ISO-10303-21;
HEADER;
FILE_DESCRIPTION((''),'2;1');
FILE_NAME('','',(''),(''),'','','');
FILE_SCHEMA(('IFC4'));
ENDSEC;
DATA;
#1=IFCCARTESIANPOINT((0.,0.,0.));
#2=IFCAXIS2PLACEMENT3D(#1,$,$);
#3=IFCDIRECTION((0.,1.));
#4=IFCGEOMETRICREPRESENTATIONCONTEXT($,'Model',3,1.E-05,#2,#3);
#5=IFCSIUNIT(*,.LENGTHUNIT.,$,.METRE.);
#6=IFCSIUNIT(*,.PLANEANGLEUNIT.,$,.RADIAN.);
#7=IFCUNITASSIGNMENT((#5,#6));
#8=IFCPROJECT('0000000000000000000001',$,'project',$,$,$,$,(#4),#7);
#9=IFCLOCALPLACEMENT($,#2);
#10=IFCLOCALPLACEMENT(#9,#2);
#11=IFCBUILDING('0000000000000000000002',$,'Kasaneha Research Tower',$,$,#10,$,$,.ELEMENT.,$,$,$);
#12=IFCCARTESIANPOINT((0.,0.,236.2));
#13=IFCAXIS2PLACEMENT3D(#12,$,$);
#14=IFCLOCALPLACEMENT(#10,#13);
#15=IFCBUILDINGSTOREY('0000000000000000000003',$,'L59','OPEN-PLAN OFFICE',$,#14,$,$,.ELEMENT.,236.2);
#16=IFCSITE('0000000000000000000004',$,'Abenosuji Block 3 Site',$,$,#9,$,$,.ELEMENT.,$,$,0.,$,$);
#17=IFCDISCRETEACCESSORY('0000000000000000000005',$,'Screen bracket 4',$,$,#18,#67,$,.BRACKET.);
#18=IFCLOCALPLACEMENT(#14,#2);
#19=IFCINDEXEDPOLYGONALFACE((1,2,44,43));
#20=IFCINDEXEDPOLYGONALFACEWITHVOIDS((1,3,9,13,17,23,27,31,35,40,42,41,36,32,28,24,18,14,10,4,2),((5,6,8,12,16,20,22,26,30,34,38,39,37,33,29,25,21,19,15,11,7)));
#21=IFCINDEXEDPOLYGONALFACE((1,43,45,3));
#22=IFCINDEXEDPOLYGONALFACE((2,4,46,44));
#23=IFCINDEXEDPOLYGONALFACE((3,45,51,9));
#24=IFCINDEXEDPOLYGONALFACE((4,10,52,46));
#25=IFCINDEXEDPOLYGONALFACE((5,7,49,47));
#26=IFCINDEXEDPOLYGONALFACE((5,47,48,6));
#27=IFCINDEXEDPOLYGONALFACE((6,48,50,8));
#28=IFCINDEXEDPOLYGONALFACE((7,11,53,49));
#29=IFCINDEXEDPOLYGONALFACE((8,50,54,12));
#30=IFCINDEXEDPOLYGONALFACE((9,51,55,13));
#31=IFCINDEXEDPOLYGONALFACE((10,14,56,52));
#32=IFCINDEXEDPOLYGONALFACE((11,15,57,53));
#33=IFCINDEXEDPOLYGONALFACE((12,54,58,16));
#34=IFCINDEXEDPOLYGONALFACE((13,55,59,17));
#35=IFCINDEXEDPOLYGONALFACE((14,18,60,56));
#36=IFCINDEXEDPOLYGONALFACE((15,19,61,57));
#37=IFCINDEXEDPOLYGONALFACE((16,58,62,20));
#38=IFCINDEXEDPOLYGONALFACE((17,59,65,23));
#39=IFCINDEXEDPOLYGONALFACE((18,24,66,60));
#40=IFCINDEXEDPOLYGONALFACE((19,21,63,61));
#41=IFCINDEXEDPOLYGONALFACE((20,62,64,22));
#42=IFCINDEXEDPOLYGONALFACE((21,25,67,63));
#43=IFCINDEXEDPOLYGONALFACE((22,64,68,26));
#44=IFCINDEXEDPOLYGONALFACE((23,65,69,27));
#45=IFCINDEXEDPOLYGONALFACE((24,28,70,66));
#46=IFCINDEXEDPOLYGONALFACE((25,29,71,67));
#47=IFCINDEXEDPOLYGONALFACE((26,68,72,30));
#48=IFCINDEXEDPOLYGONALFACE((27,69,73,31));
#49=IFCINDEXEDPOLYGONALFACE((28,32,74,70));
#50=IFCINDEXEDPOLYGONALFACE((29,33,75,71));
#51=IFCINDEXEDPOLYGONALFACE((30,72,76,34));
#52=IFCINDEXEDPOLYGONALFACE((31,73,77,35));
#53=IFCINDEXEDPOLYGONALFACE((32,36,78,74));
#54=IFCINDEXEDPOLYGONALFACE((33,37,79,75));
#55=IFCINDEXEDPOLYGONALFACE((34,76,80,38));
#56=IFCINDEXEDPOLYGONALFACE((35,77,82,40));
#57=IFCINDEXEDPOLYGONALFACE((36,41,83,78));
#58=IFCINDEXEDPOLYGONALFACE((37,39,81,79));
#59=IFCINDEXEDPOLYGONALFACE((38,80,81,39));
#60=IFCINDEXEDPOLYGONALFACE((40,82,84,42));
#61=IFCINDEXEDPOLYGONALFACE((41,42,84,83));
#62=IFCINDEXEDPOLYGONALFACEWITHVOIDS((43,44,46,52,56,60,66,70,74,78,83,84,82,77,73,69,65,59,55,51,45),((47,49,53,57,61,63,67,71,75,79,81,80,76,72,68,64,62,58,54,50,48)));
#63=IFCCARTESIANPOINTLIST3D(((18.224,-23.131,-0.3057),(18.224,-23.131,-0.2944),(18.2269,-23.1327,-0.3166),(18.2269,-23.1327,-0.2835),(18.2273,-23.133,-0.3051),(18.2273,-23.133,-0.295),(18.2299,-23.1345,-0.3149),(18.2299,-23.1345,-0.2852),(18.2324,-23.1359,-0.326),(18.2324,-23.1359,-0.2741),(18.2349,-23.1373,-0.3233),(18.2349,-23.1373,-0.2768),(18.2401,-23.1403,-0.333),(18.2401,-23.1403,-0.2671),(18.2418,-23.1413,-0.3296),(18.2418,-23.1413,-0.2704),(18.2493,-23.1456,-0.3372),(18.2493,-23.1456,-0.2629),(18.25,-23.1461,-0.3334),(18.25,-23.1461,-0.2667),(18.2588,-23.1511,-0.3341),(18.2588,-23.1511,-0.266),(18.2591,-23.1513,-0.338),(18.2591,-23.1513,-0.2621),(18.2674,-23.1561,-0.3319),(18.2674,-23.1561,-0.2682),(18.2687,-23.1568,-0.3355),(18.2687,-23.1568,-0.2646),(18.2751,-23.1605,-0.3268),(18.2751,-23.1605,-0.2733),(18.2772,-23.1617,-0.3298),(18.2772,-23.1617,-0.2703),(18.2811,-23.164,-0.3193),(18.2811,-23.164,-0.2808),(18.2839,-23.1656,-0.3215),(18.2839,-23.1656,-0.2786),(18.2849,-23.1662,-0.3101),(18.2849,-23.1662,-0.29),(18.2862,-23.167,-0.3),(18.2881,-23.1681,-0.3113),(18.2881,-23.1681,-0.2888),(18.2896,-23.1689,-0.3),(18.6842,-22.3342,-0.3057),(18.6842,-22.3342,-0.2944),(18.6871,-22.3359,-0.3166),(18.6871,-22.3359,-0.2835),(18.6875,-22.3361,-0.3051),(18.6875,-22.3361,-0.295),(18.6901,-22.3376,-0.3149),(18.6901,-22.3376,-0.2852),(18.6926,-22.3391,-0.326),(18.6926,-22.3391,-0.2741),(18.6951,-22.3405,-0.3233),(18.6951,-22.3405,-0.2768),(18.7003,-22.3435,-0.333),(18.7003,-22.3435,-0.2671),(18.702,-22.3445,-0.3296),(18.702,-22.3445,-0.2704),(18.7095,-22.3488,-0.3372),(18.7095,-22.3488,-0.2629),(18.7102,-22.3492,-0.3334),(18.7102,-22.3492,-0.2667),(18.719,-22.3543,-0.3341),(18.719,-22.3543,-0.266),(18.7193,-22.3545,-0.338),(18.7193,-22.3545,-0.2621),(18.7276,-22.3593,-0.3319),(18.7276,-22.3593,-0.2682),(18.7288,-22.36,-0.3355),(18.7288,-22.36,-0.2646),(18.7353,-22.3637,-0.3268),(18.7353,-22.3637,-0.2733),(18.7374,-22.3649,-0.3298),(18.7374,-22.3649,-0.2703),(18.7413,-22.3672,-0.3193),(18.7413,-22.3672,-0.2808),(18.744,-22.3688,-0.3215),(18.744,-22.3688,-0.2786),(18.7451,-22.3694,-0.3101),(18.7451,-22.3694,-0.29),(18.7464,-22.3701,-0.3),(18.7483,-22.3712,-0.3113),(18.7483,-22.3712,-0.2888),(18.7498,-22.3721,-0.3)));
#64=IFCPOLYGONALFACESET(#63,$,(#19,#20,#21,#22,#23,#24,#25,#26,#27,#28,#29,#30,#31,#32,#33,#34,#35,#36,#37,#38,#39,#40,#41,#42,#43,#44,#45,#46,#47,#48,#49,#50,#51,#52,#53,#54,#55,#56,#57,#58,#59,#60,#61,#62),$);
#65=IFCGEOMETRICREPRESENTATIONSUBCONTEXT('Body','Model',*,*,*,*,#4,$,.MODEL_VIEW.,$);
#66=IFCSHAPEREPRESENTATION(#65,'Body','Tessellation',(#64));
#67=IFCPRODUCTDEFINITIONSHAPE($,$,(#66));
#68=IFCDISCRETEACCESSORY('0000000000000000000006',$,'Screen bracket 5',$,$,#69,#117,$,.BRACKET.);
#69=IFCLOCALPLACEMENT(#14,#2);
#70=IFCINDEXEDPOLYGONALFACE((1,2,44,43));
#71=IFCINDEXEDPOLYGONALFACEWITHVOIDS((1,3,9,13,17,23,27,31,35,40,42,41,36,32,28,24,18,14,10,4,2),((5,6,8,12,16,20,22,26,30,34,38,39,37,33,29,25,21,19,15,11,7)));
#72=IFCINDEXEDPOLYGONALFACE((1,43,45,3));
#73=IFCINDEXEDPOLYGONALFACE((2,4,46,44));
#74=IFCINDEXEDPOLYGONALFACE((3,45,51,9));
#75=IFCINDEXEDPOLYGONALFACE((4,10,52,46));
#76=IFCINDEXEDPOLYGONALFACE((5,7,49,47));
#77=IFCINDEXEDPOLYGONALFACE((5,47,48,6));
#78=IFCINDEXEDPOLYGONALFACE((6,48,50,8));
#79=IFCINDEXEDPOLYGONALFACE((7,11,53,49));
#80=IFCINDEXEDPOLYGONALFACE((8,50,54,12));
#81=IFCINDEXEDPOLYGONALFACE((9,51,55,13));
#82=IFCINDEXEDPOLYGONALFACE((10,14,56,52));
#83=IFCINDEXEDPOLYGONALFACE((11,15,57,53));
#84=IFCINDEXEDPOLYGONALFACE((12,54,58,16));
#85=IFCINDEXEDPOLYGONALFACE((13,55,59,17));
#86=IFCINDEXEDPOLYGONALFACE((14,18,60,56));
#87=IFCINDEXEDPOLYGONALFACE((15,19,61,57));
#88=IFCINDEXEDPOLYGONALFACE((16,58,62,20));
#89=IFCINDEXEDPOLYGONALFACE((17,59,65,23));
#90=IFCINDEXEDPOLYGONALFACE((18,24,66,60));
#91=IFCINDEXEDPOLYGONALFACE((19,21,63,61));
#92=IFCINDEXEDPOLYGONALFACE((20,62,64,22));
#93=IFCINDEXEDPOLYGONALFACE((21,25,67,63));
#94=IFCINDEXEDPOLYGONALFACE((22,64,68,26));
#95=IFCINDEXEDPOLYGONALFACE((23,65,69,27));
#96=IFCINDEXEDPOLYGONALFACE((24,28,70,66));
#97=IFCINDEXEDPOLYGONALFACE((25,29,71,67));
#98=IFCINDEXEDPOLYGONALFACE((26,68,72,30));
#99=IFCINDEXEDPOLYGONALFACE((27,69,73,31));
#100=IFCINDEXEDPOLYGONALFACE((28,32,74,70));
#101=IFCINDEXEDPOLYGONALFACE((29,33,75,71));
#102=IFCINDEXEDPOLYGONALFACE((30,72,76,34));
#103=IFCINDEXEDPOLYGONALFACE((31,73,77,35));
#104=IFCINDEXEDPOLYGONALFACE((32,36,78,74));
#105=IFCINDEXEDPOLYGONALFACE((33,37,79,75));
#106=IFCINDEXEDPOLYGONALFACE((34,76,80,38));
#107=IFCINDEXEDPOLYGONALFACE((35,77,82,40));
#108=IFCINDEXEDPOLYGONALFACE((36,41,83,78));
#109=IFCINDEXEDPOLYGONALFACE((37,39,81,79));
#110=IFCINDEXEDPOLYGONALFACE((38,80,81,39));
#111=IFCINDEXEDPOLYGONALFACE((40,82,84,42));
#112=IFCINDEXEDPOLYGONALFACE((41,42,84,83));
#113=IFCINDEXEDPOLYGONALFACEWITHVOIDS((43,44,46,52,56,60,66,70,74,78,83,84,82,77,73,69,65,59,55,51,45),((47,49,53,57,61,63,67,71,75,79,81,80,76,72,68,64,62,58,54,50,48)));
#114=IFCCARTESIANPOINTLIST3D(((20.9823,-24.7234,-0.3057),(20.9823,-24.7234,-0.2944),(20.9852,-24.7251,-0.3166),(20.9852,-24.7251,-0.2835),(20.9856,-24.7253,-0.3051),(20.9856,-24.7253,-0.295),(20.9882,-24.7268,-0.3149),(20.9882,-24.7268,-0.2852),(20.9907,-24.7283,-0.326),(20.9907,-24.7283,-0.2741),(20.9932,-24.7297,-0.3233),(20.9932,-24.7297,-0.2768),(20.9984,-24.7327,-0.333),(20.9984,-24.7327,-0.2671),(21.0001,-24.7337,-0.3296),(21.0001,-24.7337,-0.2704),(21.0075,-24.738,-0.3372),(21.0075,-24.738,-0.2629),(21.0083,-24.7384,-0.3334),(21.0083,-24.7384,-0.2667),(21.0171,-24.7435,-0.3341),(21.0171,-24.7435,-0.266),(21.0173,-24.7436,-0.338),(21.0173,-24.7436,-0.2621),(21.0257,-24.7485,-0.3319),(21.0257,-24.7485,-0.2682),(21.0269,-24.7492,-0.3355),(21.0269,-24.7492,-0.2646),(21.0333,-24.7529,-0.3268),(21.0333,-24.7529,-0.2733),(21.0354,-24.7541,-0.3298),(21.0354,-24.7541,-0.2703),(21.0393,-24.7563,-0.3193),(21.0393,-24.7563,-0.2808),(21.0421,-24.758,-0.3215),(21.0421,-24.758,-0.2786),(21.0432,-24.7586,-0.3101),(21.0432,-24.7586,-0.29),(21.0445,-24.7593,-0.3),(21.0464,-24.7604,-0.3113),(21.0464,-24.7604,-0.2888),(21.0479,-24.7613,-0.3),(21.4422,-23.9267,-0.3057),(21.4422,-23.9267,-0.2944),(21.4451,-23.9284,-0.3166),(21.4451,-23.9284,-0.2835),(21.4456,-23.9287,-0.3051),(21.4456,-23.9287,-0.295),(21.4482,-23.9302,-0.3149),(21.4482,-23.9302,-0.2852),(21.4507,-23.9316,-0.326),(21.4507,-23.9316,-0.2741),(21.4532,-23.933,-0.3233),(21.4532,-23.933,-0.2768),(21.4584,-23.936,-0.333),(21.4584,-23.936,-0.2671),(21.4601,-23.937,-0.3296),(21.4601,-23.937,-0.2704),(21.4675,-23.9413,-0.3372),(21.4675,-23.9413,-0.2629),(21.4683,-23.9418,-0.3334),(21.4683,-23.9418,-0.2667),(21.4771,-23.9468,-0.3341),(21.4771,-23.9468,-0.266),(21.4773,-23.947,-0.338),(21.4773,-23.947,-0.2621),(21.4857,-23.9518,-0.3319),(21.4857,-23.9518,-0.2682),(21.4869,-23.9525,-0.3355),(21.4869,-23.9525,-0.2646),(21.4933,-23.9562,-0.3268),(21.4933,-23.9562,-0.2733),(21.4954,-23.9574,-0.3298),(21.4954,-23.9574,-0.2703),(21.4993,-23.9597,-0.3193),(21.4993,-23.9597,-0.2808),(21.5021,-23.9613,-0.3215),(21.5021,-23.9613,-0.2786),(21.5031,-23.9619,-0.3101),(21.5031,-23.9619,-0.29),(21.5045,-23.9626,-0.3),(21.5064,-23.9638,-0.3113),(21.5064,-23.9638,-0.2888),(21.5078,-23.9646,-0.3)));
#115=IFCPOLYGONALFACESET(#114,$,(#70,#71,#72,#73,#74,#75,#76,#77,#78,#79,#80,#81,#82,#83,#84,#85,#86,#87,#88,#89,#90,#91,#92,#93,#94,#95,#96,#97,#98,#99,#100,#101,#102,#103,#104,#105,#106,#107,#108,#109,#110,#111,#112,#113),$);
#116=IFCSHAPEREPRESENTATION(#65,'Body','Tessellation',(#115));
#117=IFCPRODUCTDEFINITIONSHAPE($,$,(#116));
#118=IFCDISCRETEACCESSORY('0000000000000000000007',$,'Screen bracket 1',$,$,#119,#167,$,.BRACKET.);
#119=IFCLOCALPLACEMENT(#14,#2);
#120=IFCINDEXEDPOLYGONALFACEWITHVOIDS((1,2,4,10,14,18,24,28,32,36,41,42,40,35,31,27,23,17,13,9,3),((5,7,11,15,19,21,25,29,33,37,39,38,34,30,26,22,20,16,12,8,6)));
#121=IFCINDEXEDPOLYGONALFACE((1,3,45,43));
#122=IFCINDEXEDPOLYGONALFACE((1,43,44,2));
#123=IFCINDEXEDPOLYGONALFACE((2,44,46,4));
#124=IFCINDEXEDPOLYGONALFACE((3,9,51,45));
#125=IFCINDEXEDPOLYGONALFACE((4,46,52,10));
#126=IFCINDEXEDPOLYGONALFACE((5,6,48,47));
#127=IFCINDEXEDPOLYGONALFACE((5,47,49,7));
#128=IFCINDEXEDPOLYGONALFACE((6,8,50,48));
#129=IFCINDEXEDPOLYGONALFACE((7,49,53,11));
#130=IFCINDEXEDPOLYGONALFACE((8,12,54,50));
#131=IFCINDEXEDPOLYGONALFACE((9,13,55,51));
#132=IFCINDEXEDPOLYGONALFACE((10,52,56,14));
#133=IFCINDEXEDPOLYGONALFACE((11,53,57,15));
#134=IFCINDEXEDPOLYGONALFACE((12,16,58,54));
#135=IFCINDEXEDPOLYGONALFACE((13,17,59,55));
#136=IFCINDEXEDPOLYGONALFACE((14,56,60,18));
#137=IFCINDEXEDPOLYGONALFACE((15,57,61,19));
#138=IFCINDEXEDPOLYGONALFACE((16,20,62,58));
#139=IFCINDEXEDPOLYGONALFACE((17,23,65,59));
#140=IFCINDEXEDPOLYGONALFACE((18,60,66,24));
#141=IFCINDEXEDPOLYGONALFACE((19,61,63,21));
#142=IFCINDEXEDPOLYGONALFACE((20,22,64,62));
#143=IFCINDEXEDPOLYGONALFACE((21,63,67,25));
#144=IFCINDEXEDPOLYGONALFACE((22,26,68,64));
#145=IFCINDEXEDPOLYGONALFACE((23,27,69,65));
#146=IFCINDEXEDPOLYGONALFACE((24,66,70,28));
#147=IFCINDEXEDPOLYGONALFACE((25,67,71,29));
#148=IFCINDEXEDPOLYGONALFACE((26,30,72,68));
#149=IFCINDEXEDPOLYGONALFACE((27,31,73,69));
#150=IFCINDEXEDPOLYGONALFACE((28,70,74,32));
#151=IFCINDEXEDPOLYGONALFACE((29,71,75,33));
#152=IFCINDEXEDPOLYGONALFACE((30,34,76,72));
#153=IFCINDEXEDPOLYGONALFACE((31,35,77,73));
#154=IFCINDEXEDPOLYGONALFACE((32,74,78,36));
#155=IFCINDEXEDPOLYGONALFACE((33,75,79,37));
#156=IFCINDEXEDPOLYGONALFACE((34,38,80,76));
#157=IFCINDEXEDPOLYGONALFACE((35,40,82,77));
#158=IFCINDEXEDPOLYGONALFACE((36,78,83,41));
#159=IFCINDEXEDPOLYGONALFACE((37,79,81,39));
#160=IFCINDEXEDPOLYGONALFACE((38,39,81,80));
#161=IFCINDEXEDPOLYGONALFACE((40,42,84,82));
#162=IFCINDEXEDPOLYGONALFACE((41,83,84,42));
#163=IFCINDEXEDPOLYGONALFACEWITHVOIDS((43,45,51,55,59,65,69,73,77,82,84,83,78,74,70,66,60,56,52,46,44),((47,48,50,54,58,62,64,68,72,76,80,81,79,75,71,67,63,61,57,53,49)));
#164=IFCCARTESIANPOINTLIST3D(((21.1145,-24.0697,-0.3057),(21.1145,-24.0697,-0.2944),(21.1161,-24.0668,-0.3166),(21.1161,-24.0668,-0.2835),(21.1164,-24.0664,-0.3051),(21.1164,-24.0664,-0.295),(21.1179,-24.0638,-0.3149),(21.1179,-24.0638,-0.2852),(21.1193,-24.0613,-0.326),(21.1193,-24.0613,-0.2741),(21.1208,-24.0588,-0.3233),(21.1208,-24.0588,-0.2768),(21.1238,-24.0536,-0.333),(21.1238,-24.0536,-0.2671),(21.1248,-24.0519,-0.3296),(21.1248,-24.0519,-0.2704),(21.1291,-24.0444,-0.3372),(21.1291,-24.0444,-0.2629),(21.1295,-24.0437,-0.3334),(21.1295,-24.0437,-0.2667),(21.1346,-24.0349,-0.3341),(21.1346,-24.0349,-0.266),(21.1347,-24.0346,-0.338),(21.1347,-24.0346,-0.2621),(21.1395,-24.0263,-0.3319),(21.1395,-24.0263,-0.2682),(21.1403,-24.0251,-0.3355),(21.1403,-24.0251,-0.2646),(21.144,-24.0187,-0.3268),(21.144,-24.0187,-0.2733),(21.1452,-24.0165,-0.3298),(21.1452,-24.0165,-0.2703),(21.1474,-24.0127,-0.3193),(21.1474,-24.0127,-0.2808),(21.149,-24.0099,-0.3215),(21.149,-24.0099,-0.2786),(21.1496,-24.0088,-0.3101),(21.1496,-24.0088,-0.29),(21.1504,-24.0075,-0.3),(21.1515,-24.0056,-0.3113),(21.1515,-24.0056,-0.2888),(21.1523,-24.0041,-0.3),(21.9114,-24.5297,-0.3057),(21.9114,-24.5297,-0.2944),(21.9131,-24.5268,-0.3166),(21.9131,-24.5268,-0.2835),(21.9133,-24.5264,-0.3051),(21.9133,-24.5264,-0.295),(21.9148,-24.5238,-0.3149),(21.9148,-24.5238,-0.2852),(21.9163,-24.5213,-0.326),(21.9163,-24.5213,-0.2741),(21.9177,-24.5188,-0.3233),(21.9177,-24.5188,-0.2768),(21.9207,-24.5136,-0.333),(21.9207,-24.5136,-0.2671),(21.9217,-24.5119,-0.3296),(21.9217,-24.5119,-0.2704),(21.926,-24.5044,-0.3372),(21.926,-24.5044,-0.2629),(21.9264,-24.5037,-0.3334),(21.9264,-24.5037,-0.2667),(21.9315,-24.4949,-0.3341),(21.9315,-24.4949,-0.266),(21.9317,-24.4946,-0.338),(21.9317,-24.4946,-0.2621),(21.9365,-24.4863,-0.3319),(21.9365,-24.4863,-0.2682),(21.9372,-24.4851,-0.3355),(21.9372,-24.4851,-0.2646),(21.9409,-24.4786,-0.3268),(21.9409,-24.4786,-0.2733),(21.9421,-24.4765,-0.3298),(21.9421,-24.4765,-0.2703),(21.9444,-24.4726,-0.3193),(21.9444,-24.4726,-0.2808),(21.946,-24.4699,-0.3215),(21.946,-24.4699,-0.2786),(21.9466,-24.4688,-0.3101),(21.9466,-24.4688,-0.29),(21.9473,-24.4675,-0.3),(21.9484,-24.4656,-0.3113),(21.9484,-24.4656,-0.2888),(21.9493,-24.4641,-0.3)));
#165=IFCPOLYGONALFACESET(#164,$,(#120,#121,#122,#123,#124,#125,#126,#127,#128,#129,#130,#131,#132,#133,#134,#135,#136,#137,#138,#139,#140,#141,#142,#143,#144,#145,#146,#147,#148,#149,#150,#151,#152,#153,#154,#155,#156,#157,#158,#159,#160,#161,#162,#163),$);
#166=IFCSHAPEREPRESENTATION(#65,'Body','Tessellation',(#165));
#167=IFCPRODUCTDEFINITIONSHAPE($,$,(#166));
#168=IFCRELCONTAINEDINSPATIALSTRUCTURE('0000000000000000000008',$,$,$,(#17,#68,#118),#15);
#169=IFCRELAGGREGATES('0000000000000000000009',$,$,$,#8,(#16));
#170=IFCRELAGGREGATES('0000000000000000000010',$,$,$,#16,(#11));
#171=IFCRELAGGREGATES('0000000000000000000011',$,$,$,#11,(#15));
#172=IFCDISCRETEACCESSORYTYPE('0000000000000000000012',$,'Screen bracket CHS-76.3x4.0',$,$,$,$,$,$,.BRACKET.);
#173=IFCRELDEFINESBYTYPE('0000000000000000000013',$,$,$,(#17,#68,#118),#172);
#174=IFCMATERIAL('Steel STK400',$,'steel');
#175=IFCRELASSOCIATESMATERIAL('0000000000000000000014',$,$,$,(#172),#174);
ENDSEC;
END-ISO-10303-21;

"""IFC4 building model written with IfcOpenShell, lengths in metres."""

from ifc_helpers import new_model, si_unit, direction, frame, origin, origin_2d, place, context, subcontext, project, spatial, hollow_circle, extrude, material, material_profile, profile_set, type_object, element, save


model = new_model("IFC4")

# Units and contexts
model_context = context("Model", 3, precision=1e-05, world=origin(), true_north=direction((0.0, 1.0)))
body_context = subcontext(model_context, "Body", "Model", "MODEL_VIEW")
ifc_project = project(units=[si_unit("LENGTHUNIT", "METRE"), si_unit("PLANEANGLEUNIT", "RADIAN")], contexts=[model_context])

# Site, building, storey
site_placement = place(None, origin())
site = spatial("IfcSite", under=ifc_project, at=site_placement, Name="Abenosuji Block 3 Site", CompositionType="ELEMENT", RefElevation=0.0)
building_placement = place(site_placement, origin())
building = spatial("IfcBuilding", under=site, at=building_placement, Name="Kasaneha Research Tower", CompositionType="ELEMENT")
storey_placement = place(building_placement, frame((0.0, 0.0, 236.2)))
storey = spatial("IfcBuildingStorey", under=building, at=storey_placement, Name="L59", Description="OPEN-PLAN OFFICE", CompositionType="ELEMENT", Elevation=236.2)

# Discrete accessories
ifc_material_1 = material(Name="Steel STK400", Category="steel")
ifc_material_profile_1 = material_profile(ifc_material_1, hollow_circle(Radius=0.0381, WallThickness=0.0039, at=origin_2d()), Name="CHS-76.3x4.0")
ifc_profile_set_1 = profile_set([ifc_material_profile_1], Name="Steel STK400")
discrete_accessory_type = type_object("IfcDiscreteAccessoryType", Name="Screen bracket CHS-76.3x4.0", PredefinedType="BRACKET", material=ifc_profile_set_1)
discrete_accessory_1_placement = place(storey_placement, frame((18.7168, -22.353, -0.3), z_axis=(-0.500105, -0.865965, 0.0), x_axis=(0.865965, -0.500105, 0.0)))
element("IfcDiscreteAccessory", 1, at=discrete_accessory_1_placement, inside=storey, type_object=discrete_accessory_type, Name="Screen bracket 4", PredefinedType="BRACKET", context=body_context, shape_type="SweptSolid", body=[
    extrude(hollow_circle(Radius=0.0381, WallThickness=0.0039, at=origin_2d()), origin(), (0.0, 0.0, 1.0), 0.9202),
])
discrete_accessory_2_placement = place(storey_placement, frame((21.4749, -23.9456, -0.3), z_axis=(-0.500021, -0.866013, 0.0), x_axis=(0.866013, -0.500021, 0.0)))
element("IfcDiscreteAccessory", 2, at=discrete_accessory_2_placement, inside=storey, type_object=discrete_accessory_type, Name="Screen bracket 5", PredefinedType="BRACKET", context=body_context, shape_type="SweptSolid", body=[
    extrude(hollow_circle(Radius=0.0381, WallThickness=0.0039, at=origin_2d()), origin(), (0.0, 0.0, 1.0), 0.9199),
])
discrete_accessory_3_placement = place(storey_placement, frame((21.1333, -24.0371, -0.3), z_axis=(0.86608, -0.499906, 0.0), x_axis=(0.499906, 0.86608, 0.0)))
element("IfcDiscreteAccessory", 3, at=discrete_accessory_3_placement, inside=storey, type_object=discrete_accessory_type, Name="Screen bracket 1", PredefinedType="BRACKET", context=body_context, shape_type="SweptSolid", body=[
    extrude(hollow_circle(Radius=0.0381, WallThickness=0.0039, at=origin_2d()), origin(), (0.0, 0.0, 1.0), 0.9202),
])

save(model, "model.ifc")
